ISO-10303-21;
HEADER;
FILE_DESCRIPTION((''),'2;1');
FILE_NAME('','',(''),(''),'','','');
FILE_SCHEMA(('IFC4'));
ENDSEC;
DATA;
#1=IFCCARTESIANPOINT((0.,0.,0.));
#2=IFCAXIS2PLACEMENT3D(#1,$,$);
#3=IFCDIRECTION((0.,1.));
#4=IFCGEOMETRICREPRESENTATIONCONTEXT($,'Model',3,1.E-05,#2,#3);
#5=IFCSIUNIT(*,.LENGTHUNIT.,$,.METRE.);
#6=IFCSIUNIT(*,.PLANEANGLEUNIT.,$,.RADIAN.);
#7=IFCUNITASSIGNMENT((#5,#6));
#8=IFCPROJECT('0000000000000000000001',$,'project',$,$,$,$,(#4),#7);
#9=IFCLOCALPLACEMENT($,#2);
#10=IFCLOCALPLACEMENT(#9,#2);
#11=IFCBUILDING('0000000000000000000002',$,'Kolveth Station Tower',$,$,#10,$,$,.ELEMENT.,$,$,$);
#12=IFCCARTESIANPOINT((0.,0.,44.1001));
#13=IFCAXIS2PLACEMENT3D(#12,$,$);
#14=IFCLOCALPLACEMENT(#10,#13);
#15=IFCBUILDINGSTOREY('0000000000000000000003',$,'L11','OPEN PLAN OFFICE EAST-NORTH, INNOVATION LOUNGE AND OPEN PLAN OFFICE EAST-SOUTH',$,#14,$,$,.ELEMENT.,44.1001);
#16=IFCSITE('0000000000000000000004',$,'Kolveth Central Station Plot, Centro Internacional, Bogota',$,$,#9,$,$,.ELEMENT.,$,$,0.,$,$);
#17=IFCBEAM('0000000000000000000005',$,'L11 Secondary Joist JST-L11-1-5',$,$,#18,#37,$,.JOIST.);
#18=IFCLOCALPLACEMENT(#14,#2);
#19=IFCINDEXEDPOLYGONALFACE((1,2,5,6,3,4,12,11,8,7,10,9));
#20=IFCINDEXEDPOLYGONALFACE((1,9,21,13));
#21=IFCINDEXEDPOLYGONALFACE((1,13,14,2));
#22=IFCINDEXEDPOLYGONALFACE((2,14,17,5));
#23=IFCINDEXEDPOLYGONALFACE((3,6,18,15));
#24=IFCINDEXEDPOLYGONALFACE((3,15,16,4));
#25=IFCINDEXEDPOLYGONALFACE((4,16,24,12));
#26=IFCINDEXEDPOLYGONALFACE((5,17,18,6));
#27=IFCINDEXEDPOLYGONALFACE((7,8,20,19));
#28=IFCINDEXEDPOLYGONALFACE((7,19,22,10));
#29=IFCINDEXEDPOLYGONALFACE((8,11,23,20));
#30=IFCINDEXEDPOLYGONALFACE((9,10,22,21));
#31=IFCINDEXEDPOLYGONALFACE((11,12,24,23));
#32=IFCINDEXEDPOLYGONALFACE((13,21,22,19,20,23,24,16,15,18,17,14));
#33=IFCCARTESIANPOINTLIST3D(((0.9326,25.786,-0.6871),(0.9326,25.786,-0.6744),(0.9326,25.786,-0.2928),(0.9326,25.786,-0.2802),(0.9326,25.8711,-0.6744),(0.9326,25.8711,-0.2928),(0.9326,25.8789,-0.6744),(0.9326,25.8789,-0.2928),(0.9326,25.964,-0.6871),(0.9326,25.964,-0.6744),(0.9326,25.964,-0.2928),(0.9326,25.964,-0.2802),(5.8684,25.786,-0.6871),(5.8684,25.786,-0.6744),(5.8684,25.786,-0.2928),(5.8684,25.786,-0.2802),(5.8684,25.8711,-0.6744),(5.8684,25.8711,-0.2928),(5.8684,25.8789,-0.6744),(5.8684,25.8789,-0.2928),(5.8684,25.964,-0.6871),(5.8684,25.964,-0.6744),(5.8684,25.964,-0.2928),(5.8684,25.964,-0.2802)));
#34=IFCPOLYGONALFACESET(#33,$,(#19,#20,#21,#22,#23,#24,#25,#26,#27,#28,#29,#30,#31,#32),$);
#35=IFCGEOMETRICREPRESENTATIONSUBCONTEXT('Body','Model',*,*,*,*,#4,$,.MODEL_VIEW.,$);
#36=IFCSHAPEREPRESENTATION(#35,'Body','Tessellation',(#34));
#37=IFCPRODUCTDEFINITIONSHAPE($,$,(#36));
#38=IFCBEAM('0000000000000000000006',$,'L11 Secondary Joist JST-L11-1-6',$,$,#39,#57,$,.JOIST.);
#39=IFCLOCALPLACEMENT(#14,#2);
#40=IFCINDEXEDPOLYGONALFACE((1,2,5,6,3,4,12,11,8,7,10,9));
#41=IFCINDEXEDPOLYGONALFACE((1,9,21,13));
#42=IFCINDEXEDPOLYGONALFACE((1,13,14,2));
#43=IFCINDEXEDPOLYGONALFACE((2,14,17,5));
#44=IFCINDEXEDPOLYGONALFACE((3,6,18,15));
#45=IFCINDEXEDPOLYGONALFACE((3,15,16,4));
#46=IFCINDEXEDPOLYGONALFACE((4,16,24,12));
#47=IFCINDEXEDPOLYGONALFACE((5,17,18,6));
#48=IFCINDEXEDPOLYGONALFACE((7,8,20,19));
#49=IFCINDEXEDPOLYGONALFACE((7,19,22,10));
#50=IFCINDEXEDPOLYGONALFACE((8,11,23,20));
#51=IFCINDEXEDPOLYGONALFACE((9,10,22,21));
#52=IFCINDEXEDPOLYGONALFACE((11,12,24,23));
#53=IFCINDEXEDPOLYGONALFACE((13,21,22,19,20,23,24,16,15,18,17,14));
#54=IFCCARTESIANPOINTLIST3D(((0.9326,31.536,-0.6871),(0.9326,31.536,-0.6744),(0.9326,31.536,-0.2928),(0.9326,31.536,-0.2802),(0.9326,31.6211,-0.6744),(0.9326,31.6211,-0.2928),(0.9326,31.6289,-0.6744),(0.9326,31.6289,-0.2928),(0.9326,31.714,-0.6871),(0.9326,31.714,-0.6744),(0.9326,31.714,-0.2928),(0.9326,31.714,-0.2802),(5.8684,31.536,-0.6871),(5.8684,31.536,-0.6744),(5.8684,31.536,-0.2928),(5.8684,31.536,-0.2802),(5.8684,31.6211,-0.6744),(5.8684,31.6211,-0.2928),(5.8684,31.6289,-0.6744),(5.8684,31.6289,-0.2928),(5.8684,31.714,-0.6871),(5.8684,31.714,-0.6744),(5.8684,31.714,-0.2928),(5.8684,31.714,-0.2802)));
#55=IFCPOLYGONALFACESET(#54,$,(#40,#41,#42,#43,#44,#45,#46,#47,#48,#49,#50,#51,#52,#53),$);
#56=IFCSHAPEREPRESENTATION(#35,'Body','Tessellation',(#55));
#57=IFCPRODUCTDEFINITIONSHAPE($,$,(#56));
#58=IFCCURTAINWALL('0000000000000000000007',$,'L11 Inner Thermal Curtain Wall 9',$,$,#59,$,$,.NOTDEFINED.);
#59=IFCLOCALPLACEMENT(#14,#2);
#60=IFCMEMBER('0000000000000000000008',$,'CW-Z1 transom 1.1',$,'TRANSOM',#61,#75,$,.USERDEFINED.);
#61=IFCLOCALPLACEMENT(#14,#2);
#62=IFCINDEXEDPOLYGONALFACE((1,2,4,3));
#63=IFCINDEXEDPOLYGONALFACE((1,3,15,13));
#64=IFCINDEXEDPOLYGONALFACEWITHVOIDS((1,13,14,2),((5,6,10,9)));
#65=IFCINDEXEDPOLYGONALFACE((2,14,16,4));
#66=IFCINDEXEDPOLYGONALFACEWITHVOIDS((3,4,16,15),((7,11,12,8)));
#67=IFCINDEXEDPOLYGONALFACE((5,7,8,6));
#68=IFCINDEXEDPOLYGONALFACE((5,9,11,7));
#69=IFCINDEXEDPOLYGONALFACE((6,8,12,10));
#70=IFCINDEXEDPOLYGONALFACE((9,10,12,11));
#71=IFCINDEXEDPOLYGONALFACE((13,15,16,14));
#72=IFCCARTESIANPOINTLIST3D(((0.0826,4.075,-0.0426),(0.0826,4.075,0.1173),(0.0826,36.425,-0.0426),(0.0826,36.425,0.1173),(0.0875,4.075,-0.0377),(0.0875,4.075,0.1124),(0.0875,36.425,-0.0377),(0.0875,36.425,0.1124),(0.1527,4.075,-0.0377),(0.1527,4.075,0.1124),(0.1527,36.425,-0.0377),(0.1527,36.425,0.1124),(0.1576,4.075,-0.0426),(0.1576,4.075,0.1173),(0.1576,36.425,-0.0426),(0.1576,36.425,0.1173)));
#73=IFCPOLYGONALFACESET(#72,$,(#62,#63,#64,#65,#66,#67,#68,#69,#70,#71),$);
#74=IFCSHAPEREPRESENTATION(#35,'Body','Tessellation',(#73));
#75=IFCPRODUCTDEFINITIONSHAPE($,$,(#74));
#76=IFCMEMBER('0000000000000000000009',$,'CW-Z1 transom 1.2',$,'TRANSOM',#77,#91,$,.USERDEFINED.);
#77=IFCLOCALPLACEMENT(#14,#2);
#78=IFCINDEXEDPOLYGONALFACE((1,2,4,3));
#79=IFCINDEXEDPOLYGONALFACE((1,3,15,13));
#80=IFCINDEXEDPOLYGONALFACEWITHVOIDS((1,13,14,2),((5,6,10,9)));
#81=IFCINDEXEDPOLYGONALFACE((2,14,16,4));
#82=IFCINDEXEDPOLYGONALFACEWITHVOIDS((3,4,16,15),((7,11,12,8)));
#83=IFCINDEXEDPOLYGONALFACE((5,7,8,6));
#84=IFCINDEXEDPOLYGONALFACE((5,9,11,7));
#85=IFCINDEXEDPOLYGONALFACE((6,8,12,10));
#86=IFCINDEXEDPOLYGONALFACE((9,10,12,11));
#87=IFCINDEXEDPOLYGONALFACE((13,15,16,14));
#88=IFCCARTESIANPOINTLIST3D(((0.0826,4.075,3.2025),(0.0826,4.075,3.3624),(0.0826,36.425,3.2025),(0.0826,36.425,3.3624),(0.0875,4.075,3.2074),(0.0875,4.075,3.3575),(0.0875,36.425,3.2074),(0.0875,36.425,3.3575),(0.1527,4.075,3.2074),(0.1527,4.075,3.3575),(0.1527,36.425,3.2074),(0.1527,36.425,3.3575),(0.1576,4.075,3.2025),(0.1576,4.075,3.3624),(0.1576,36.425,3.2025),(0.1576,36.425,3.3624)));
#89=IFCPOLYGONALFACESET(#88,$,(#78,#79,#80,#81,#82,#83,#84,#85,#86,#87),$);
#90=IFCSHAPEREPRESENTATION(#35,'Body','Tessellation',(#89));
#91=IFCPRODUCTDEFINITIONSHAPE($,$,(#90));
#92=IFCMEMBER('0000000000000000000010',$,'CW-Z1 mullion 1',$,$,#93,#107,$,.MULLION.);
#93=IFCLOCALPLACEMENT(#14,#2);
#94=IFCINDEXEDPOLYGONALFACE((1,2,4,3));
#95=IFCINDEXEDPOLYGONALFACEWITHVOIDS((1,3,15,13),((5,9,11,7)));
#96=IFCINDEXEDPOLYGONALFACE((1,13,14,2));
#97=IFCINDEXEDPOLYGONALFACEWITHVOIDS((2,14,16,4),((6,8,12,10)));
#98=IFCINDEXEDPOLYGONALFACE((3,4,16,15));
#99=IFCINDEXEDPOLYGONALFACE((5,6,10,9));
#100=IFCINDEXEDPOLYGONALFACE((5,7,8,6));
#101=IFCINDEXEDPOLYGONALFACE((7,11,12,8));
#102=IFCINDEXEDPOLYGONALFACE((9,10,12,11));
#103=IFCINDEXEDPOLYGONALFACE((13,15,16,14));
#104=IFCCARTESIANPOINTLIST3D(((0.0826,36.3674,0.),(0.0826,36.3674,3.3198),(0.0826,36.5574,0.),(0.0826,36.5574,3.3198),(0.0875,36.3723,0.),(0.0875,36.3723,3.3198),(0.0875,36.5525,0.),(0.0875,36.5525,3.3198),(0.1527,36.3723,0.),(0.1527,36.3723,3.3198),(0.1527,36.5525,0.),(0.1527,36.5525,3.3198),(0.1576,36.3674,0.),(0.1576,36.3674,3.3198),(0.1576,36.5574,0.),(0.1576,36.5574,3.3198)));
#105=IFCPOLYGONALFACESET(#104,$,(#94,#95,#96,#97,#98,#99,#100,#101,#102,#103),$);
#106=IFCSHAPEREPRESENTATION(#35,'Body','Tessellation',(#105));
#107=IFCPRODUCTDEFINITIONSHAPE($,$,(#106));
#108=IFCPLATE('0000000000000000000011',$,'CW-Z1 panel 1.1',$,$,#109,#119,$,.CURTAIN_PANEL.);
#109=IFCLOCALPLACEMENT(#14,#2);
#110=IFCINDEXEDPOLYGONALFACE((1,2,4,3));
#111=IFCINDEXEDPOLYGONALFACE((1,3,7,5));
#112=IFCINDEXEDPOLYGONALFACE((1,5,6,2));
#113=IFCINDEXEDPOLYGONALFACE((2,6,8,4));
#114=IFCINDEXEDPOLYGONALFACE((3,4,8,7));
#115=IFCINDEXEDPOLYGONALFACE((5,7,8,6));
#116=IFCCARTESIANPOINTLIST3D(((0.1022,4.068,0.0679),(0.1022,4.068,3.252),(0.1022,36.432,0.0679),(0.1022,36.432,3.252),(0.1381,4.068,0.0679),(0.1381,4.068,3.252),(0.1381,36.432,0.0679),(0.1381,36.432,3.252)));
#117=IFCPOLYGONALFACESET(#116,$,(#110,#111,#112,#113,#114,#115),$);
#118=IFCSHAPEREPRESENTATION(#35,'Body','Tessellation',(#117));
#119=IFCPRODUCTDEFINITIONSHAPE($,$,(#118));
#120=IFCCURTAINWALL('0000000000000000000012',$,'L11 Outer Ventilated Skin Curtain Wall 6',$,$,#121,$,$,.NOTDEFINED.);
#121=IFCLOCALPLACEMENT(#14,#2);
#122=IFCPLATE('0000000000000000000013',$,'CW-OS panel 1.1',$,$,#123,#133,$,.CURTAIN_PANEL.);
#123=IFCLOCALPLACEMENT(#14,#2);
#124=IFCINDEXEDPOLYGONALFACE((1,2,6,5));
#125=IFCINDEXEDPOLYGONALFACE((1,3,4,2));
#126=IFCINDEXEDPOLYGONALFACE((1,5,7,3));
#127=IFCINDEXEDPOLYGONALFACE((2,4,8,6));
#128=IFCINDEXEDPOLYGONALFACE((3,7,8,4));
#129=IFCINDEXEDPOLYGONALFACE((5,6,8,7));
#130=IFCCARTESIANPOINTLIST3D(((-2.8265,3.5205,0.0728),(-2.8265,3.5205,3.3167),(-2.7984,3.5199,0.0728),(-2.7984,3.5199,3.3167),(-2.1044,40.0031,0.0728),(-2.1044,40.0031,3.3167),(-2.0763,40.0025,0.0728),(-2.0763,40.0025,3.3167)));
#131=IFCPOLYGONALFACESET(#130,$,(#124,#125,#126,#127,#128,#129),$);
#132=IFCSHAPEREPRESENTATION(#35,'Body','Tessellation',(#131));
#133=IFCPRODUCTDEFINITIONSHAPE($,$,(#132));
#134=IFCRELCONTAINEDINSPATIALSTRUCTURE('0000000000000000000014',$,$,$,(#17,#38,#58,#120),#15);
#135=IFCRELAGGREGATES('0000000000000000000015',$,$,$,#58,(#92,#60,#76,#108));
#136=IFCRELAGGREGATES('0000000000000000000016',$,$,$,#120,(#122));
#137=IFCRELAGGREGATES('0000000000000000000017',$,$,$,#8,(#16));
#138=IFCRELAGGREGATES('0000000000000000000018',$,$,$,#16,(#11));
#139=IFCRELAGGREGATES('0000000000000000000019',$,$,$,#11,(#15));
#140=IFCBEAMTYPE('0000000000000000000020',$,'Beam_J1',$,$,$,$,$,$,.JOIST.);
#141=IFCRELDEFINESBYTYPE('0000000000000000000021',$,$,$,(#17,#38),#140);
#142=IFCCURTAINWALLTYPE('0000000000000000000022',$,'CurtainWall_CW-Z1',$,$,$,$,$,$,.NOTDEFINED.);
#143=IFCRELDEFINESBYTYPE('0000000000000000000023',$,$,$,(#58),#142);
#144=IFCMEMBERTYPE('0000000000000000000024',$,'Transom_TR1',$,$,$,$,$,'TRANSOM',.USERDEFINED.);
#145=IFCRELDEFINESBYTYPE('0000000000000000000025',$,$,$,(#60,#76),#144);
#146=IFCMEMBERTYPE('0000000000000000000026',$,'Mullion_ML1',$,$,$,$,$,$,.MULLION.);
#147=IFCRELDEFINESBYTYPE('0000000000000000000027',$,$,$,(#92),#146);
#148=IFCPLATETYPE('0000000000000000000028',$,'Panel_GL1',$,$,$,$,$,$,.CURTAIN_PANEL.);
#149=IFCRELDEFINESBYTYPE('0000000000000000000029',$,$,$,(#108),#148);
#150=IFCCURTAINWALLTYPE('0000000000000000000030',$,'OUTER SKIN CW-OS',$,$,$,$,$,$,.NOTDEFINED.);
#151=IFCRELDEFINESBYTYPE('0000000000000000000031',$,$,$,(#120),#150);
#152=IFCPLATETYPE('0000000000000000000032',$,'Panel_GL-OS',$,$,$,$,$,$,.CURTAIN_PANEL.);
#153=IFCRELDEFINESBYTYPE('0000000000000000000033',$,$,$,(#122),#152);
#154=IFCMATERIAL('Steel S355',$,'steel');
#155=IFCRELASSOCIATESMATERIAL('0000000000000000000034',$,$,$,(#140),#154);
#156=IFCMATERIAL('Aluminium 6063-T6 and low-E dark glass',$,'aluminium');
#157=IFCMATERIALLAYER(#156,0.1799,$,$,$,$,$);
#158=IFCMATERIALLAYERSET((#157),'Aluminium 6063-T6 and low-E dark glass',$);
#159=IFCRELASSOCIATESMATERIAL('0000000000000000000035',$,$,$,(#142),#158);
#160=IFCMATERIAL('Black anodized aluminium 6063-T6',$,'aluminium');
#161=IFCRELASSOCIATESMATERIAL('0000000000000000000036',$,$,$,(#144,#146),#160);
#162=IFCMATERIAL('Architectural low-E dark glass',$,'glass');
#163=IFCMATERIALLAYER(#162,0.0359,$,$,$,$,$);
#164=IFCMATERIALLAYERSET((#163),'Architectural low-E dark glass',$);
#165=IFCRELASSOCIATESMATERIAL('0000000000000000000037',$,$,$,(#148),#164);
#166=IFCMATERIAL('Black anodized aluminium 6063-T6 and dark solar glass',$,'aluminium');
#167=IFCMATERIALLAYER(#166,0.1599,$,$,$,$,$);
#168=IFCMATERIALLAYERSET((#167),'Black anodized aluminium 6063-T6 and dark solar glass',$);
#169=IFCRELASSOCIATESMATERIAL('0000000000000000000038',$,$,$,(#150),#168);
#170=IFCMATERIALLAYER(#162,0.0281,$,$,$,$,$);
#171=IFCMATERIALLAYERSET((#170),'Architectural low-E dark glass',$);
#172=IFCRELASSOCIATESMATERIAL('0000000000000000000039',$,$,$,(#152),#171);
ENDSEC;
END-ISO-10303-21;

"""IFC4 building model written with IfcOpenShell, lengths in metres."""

from ifc_helpers import new_model, si_unit, direction, frame, origin, origin_2d, place, context, subcontext, project, spatial, rectangle, hollow_rectangle, i_section, extrude, source, transform, mapped, material, layer, layer_set, material_profile, profile_set, type_object, element, aggregate, save


model = new_model("IFC4")

# Units and contexts
model_context = context("Model", 3, precision=1e-05, world=origin(), true_north=direction((0.0, 1.0)))
body_context = subcontext(model_context, "Body", "Model", "MODEL_VIEW")
ifc_project = project(units=[si_unit("LENGTHUNIT", "METRE"), si_unit("PLANEANGLEUNIT", "RADIAN")], contexts=[model_context])

# Site, building, storey
site_placement = place(None, origin())
site = spatial("IfcSite", under=ifc_project, at=site_placement, Name="Kolveth Central Station Plot, Centro Internacional, Bogota", CompositionType="ELEMENT", RefElevation=0.0)
building_placement = place(site_placement, origin())
building = spatial("IfcBuilding", under=site, at=building_placement, Name="Kolveth Station Tower", CompositionType="ELEMENT")
storey_placement = place(building_placement, frame((0.0, 0.0, 44.1001)))
storey = spatial("IfcBuildingStorey", under=building, at=storey_placement, Name="L11", Description="OPEN PLAN OFFICE EAST-NORTH, INNOVATION LOUNGE AND OPEN PLAN OFFICE EAST-SOUTH", CompositionType="ELEMENT", Elevation=44.1001)

# Shared definitions
ifc_material_1 = material(Name="Steel S355", Category="steel")

# Beams
ifc_material_profile_1 = material_profile(ifc_material_1, i_section(OverallWidth=0.178, OverallDepth=0.407, WebThickness=0.0078, FlangeThickness=0.0127, at=origin_2d()), Name="W410x60")
ifc_profile_set_1 = profile_set([ifc_material_profile_1], Name="Steel S355")
beam_type_1 = type_object("IfcBeamType", Name="Beam_J1", PredefinedType="JOIST", material=ifc_profile_set_1)
shared_shape_1 = source(origin(), body_context, "Body", "SweptSolid", [
    extrude(i_section(OverallWidth=0.178, OverallDepth=0.407, WebThickness=0.0078, FlangeThickness=0.0127, at=origin_2d()), origin(), (0.0, 0.0, 1.0), 4.9358),
])
for number, where, z_axis, x_axis, name in (
    (1, (0.9326, 25.875, -0.4836), (1.0, 0.0, 0.0), (0.0, 1.0, 0.0), "L11 Secondary Joist JST-L11-1-5"),
    (2, (0.9326, 31.625, -0.4836), (1.0, 0.0, 0.0), (0.0, 1.0, 0.0), "L11 Secondary Joist JST-L11-1-6"),
):
    element("IfcBeam", number, at=place(storey_placement, frame(where, z_axis=z_axis, x_axis=x_axis)), inside=storey, type_object=beam_type_1, Name=name, PredefinedType="JOIST", context=body_context, shape_type="MappedRepresentation", body=[
        mapped(shared_shape_1, transform((0.0, 0.0, 0.0), x_axis=(1.0, 0.0, 0.0), y_axis=(0.0, 1.0, 0.0), z_axis=(0.0, 0.0, 1.0), scale=1.0)),
    ])

# Curtain wall, members, plate
ifc_material_2 = material(Name="Aluminium 6063-T6 and low-E dark glass", Category="aluminium")
ifc_layer_1 = layer(ifc_material_2, 0.1799)
ifc_layer_set_1 = layer_set([ifc_layer_1], Name="Aluminium 6063-T6 and low-E dark glass")
curtain_wall_type_1 = type_object("IfcCurtainWallType", Name="CurtainWall_CW-Z1", PredefinedType="NOTDEFINED", material=ifc_layer_set_1)
curtain_wall_1_placement = place(storey_placement, origin())
curtain_wall_1 = element("IfcCurtainWall", 3, at=curtain_wall_1_placement, inside=storey, type_object=curtain_wall_type_1, Name="L11 Inner Thermal Curtain Wall 9", PredefinedType="NOTDEFINED")
ifc_material_3 = material(Name="Black anodized aluminium 6063-T6", Category="aluminium")
ifc_material_profile_2 = material_profile(ifc_material_3, hollow_rectangle(XDim=0.075, YDim=0.1599, WallThickness=0.0049, at=origin_2d()), Name="ALU-75x160x5")
ifc_profile_set_2 = profile_set([ifc_material_profile_2], Name="Black anodized aluminium 6063-T6")
member_type_1 = type_object("IfcMemberType", Name="Transom_TR1", ElementType="TRANSOM", PredefinedType="USERDEFINED", material=ifc_profile_set_2)
shared_shape_2 = source(origin(), body_context, "Body", "SweptSolid", [
    extrude(hollow_rectangle(XDim=0.075, YDim=0.1599, WallThickness=0.0049, at=origin_2d()), origin(), (0.0, 0.0, 1.0), 32.3501),
])
member_1_placement = place(storey_placement, frame((0.1201, 36.425, 0.0374), z_axis=(0.0, -1.0, 0.0), x_axis=(1.0, 0.0, 0.0)))
member_1 = element("IfcMember", 4, at=member_1_placement, type_object=member_type_1, Name="CW-Z1 transom 1.1", ObjectType="TRANSOM", PredefinedType="USERDEFINED", context=body_context, shape_type="MappedRepresentation", body=[
    mapped(shared_shape_2, transform((0.0, 0.0, 0.0), x_axis=(1.0, 0.0, 0.0), y_axis=(0.0, 1.0, 0.0), z_axis=(0.0, 0.0, 1.0), scale=1.0)),
])
member_2_placement = place(storey_placement, frame((0.1201, 36.425, 3.2825), z_axis=(0.0, -1.0, 0.0), x_axis=(1.0, 0.0, 0.0)))
member_2 = element("IfcMember", 5, at=member_2_placement, type_object=member_type_1, Name="CW-Z1 transom 1.2", ObjectType="TRANSOM", PredefinedType="USERDEFINED", context=body_context, shape_type="MappedRepresentation", body=[
    mapped(shared_shape_2, transform((0.0, 0.0, 0.0), x_axis=(1.0, 0.0, 0.0), y_axis=(0.0, 1.0, 0.0), z_axis=(0.0, 0.0, 1.0), scale=1.0)),
])
ifc_material_profile_3 = material_profile(ifc_material_3, hollow_rectangle(XDim=0.075, YDim=0.1899, WallThickness=0.0049, at=origin_2d()), Name="ALU-75x190x5")
ifc_profile_set_3 = profile_set([ifc_material_profile_3], Name="Black anodized aluminium 6063-T6")
member_type_2 = type_object("IfcMemberType", Name="Mullion_ML1", PredefinedType="MULLION", material=ifc_profile_set_3)
shared_shape_3 = source(origin(), body_context, "Body", "SweptSolid", [
    extrude(hollow_rectangle(XDim=0.075, YDim=0.1899, WallThickness=0.0049, at=origin_2d()), origin(), (0.0, 0.0, 1.0), 3.3198),
])
member_3_placement = place(storey_placement, frame((0.1201, 36.4624, 0.0), z_axis=(0.0, 0.0, 1.0), x_axis=(1.0, 0.0, 0.0)))
member_3 = element("IfcMember", 6, at=member_3_placement, type_object=member_type_2, Name="CW-Z1 mullion 1", PredefinedType="MULLION", context=body_context, shape_type="MappedRepresentation", body=[
    mapped(shared_shape_3, transform((0.0, 0.0, 0.0), x_axis=(1.0, 0.0, 0.0), y_axis=(0.0, 1.0, 0.0), z_axis=(0.0, 0.0, 1.0), scale=1.0)),
])
ifc_material_4 = material(Name="Architectural low-E dark glass", Category="glass")
ifc_layer_2 = layer(ifc_material_4, 0.0359)
ifc_layer_set_2 = layer_set([ifc_layer_2], Name="Architectural low-E dark glass")
plate_type_1 = type_object("IfcPlateType", Name="Panel_GL1", PredefinedType="CURTAIN_PANEL", material=ifc_layer_set_2)
shared_shape_4 = source(origin(), body_context, "Body", "SweptSolid", [
    extrude(rectangle(XDim=32.364, YDim=0.0359, at=origin_2d()), origin(), (0.0, 0.0, 1.0), 3.1841),
])
plate_1_placement = place(storey_placement, frame((0.1201, 20.25, 0.0679), z_axis=(0.0, 0.0, 1.0), x_axis=(0.0, -1.0, 0.0)))
plate_1 = element("IfcPlate", 7, at=plate_1_placement, type_object=plate_type_1, Name="CW-Z1 panel 1.1", PredefinedType="CURTAIN_PANEL", context=body_context, shape_type="MappedRepresentation", body=[
    mapped(shared_shape_4, transform((0.0, 0.0, 0.0), x_axis=(1.0, 0.0, 0.0), y_axis=(0.0, 1.0, 0.0), z_axis=(0.0, 0.0, 1.0), scale=1.0)),
])
aggregate(curtain_wall_1, [member_3, member_1, member_2, plate_1])

# Curtain wall, plate
ifc_material_5 = material(Name="Black anodized aluminium 6063-T6 and dark solar glass", Category="aluminium")
ifc_layer_3 = layer(ifc_material_5, 0.1599)
ifc_layer_set_3 = layer_set([ifc_layer_3], Name="Black anodized aluminium 6063-T6 and dark solar glass")
curtain_wall_type_2 = type_object("IfcCurtainWallType", Name="OUTER SKIN CW-OS", PredefinedType="NOTDEFINED", material=ifc_layer_set_3)
curtain_wall_2_placement = place(storey_placement, origin())
curtain_wall_2 = element("IfcCurtainWall", 8, at=curtain_wall_2_placement, inside=storey, type_object=curtain_wall_type_2, Name="L11 Outer Ventilated Skin Curtain Wall 6", PredefinedType="NOTDEFINED")
ifc_layer_4 = layer(ifc_material_4, 0.0281)
ifc_layer_set_4 = layer_set([ifc_layer_4], Name="Architectural low-E dark glass")
plate_type_2 = type_object("IfcPlateType", Name="Panel_GL-OS", PredefinedType="CURTAIN_PANEL", material=ifc_layer_set_4)
shared_shape_5 = source(origin(), body_context, "Body", "SweptSolid", [
    extrude(rectangle(XDim=36.4897, YDim=0.0281, at=origin_2d()), origin(), (0.0, 0.0, 1.0), 3.2439),
])
plate_2_placement = place(storey_placement, frame((-2.4514, 21.7615, 0.0728), z_axis=(0.0, 0.0, 1.0), x_axis=(-0.01979, -0.999804, 0.0)))
plate_2 = element("IfcPlate", 9, at=plate_2_placement, type_object=plate_type_2, Name="CW-OS panel 1.1", PredefinedType="CURTAIN_PANEL", context=body_context, shape_type="MappedRepresentation", body=[
    mapped(shared_shape_5, transform((0.0, 0.0, 0.0), x_axis=(1.0, 0.0, 0.0), y_axis=(0.0, 1.0, 0.0), z_axis=(0.0, 0.0, 1.0), scale=1.0)),
])
aggregate(curtain_wall_2, [plate_2])

save(model, "model.ifc")
